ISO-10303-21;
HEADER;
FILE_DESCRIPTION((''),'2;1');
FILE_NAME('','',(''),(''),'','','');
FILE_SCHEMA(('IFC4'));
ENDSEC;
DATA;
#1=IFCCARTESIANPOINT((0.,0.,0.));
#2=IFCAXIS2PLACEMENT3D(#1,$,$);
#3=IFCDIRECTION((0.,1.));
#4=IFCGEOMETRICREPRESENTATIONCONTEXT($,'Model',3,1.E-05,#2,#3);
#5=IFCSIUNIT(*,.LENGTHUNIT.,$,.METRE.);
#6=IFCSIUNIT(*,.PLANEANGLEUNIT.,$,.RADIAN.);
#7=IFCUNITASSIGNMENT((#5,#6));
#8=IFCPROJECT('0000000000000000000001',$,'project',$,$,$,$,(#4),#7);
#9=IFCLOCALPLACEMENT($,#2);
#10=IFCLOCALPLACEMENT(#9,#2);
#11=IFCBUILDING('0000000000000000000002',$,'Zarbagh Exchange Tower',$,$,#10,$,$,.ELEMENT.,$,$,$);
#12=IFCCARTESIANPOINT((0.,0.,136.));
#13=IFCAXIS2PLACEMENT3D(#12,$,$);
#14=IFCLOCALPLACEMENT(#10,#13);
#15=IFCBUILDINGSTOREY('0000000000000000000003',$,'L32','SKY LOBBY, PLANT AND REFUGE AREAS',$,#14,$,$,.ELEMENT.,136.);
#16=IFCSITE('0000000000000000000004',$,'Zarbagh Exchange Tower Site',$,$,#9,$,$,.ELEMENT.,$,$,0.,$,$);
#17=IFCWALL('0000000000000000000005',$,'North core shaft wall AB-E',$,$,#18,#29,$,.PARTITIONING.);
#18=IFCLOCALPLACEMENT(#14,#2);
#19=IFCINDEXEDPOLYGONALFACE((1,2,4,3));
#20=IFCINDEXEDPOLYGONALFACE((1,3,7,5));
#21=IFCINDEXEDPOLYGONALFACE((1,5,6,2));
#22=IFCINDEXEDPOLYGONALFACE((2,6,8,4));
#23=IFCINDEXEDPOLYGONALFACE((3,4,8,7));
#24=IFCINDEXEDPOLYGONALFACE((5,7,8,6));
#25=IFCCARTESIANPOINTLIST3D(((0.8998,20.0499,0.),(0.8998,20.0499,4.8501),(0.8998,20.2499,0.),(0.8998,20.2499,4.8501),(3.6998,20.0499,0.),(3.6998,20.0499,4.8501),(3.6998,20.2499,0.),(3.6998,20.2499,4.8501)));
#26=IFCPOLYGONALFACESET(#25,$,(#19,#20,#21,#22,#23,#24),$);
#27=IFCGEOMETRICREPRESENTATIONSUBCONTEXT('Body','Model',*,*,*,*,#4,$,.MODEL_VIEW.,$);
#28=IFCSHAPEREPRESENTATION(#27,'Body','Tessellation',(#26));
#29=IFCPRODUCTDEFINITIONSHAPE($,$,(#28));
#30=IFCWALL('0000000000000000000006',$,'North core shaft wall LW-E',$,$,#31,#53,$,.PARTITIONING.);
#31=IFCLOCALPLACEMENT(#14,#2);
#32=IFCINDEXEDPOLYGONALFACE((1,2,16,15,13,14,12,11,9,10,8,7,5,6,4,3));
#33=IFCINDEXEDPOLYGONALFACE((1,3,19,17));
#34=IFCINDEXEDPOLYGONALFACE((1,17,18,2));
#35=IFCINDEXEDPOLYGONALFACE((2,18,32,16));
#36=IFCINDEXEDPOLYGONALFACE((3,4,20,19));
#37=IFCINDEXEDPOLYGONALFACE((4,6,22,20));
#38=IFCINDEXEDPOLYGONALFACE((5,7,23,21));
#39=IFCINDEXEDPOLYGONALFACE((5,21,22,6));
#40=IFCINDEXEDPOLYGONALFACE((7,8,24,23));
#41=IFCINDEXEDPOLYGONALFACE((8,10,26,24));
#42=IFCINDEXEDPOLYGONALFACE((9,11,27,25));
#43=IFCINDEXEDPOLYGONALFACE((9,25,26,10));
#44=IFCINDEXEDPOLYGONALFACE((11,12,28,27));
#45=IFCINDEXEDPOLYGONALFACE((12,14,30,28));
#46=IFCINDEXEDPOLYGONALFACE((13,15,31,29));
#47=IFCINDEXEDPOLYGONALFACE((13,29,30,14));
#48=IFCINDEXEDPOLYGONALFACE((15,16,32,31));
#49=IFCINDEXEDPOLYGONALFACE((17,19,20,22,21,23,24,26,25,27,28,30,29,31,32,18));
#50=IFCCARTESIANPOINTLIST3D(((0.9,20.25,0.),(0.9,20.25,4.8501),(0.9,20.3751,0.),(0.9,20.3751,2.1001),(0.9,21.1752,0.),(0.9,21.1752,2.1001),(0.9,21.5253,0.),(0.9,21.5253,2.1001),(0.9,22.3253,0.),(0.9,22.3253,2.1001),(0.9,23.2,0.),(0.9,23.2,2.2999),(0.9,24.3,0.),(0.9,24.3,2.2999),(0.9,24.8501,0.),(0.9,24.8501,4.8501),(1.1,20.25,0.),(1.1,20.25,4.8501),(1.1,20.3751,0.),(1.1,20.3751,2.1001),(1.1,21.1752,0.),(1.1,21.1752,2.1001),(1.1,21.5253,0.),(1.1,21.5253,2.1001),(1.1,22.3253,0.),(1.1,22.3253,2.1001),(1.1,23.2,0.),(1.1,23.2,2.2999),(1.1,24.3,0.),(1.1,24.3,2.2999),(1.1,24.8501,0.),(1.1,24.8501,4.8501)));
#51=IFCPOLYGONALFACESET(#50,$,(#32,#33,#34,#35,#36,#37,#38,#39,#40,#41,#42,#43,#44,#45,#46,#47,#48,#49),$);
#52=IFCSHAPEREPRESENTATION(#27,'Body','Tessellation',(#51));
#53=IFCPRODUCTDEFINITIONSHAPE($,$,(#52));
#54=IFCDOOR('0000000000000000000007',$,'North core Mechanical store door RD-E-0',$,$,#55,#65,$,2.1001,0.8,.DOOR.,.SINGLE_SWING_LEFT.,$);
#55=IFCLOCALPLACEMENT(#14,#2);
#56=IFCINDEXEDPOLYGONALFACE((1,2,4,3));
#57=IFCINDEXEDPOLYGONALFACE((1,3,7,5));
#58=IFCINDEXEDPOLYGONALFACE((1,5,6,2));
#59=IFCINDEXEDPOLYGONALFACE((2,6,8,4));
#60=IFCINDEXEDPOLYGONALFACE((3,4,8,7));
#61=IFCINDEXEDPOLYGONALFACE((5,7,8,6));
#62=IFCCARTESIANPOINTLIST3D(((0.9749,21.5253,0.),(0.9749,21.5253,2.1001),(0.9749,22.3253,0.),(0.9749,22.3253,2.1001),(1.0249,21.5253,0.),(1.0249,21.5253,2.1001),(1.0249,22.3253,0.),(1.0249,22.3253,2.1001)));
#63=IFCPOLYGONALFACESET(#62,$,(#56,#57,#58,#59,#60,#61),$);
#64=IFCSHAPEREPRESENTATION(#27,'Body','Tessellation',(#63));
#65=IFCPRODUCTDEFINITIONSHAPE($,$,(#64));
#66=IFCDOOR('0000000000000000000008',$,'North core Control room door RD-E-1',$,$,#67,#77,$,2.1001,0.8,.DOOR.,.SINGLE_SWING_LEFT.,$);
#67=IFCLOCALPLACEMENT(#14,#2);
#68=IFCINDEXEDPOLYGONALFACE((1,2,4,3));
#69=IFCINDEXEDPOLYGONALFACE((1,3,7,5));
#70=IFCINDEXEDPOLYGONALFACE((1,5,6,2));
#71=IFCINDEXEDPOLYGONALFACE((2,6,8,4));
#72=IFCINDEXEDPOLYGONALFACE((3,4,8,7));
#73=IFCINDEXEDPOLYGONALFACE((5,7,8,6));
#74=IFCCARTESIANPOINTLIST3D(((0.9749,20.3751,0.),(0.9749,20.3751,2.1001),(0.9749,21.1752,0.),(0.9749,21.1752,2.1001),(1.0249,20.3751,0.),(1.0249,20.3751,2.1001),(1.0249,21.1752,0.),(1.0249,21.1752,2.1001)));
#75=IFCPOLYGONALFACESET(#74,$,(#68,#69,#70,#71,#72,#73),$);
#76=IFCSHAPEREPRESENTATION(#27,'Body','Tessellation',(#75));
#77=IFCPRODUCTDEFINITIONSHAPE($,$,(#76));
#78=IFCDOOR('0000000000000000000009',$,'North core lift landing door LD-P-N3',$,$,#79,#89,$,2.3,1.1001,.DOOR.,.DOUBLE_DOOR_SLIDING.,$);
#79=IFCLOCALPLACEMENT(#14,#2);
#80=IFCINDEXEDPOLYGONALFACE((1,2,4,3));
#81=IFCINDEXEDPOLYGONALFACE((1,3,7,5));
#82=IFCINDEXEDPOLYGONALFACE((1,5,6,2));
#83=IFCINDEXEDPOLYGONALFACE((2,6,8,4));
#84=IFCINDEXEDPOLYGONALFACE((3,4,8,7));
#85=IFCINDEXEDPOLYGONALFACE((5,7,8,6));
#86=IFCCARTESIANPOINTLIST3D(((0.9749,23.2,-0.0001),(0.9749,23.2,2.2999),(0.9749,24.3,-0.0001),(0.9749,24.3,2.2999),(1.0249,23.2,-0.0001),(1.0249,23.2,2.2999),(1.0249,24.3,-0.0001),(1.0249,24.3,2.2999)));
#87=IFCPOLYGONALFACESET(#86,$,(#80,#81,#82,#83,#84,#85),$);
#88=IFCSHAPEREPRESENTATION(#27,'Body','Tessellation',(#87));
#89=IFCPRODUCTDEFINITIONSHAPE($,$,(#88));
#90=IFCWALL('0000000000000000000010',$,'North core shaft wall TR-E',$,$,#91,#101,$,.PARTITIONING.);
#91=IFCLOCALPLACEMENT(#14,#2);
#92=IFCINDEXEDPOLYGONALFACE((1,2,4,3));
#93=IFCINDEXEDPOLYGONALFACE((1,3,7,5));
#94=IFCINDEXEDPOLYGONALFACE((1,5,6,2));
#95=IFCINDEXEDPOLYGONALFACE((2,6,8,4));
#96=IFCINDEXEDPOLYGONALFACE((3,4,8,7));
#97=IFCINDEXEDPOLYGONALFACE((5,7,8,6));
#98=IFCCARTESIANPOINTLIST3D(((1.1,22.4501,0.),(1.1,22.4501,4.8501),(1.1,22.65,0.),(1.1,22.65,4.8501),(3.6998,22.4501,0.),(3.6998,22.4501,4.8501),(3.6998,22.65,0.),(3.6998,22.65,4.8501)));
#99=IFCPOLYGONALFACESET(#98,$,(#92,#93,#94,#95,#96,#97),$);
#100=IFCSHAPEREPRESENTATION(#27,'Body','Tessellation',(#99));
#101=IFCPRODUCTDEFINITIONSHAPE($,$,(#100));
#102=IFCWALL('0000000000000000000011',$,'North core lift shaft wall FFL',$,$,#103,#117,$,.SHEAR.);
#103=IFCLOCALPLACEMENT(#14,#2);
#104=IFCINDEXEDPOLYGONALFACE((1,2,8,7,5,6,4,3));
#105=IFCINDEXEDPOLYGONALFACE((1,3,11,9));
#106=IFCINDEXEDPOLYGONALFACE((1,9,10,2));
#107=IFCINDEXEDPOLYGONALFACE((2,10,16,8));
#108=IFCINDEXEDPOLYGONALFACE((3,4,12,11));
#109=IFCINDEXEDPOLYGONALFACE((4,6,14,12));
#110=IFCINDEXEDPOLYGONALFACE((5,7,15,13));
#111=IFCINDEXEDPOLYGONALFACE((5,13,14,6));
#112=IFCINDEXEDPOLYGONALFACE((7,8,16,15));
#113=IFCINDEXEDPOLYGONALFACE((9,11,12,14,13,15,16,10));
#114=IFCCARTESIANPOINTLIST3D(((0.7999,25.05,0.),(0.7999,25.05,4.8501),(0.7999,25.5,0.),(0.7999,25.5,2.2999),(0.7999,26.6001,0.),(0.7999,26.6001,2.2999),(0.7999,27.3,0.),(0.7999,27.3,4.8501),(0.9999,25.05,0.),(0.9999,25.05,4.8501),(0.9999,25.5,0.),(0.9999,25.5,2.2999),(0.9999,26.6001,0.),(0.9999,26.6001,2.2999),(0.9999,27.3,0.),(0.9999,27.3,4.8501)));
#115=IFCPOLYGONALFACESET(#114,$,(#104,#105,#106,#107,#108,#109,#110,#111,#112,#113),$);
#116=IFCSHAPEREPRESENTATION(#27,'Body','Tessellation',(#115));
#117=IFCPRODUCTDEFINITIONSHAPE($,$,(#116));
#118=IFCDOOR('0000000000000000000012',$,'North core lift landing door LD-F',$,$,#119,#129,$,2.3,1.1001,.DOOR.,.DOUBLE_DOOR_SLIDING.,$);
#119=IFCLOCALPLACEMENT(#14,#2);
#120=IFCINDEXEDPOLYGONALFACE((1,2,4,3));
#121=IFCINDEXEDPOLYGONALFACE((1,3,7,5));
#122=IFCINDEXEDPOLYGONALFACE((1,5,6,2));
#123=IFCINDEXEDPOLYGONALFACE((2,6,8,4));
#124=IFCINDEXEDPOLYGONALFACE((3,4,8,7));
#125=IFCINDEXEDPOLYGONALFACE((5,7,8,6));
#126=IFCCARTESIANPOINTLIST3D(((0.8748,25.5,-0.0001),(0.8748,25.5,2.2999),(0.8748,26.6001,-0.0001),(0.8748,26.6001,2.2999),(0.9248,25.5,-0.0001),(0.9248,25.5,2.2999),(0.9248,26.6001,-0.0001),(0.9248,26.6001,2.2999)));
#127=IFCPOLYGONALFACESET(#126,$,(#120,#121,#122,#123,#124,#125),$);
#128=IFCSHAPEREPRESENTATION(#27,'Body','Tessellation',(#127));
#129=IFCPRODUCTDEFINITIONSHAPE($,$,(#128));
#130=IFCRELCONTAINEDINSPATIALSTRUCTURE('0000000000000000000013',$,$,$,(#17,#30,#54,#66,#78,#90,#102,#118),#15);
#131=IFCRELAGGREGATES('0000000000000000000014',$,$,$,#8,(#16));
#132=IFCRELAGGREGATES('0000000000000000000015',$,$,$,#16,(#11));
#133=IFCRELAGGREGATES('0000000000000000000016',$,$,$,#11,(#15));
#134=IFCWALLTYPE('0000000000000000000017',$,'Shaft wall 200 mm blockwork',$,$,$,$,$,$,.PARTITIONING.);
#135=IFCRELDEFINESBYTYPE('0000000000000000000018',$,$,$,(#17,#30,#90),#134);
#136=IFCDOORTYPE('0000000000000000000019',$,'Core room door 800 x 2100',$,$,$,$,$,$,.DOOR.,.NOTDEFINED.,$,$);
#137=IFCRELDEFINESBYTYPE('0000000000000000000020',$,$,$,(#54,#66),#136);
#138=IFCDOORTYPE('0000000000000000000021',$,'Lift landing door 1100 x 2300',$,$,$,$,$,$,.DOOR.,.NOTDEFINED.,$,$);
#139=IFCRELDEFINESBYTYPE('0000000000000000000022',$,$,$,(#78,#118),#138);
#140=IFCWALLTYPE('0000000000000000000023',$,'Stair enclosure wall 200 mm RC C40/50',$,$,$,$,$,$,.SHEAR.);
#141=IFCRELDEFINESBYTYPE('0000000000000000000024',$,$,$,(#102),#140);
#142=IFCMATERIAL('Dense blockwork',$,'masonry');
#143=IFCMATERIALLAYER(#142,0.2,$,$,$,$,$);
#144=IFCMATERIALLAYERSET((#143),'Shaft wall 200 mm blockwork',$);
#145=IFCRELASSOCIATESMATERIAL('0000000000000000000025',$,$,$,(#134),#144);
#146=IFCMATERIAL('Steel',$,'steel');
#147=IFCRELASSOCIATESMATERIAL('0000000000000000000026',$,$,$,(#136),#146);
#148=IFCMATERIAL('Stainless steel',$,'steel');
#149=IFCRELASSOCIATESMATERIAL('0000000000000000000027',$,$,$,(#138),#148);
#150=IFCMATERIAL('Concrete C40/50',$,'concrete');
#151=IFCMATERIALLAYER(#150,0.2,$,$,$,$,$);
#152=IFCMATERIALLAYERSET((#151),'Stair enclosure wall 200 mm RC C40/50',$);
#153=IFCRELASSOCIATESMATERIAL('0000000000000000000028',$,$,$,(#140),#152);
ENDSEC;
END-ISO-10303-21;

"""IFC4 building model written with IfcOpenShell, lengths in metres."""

from ifc_helpers import new_model, si_unit, direction, frame, frame_2d, origin, place, context, subcontext, project, spatial, rectangle, extrude, material, layer, layer_set, type_object, element, fill, save


model = new_model("IFC4")

# Units and contexts
model_context = context("Model", 3, precision=1e-05, world=origin(), true_north=direction((0.0, 1.0)))
body_context = subcontext(model_context, "Body", "Model", "MODEL_VIEW")
ifc_project = project(units=[si_unit("LENGTHUNIT", "METRE"), si_unit("PLANEANGLEUNIT", "RADIAN")], contexts=[model_context])

# Site, building, storey
site_placement = place(None, origin())
site = spatial("IfcSite", under=ifc_project, at=site_placement, Name="Zarbagh Exchange Tower Site", CompositionType="ELEMENT", RefElevation=0.0)
building_placement = place(site_placement, origin())
building = spatial("IfcBuilding", under=site, at=building_placement, Name="Zarbagh Exchange Tower", CompositionType="ELEMENT")
storey_placement = place(building_placement, frame((0.0, 0.0, 136.0)))
storey = spatial("IfcBuildingStorey", under=building, at=storey_placement, Name="L32", Description="SKY LOBBY, PLANT AND REFUGE AREAS", CompositionType="ELEMENT", Elevation=136.0)

# Shared definitions
ifc_material_1 = material(Name="Dense blockwork", Category="masonry")

# Shared definitions
ifc_material_2 = material(Name="Steel", Category="steel")

# Wall
ifc_layer_1 = layer(ifc_material_1, 0.2)
ifc_layer_set_1 = layer_set([ifc_layer_1], Name="Shaft wall 200 mm blockwork")
wall_type_1 = type_object("IfcWallType", Name="Shaft wall 200 mm blockwork", PredefinedType="PARTITIONING", material=ifc_layer_set_1)
wall_1_placement = place(storey_placement, frame((0.8999, 20.1499, 0.0), z_axis=(0.0, 0.0, 1.0), x_axis=(1.0, 0.0, 0.0)))
element("IfcWall", 1, at=wall_1_placement, inside=storey, type_object=wall_type_1, Name="North core shaft wall AB-E", PredefinedType="PARTITIONING", context=body_context, shape_type="SweptSolid", body=[
    extrude(rectangle(XDim=2.8, YDim=0.2, at=frame_2d((1.3999, 0.0))), origin(), (0.0, 0.0, 1.0), 4.8501),
])

# Wall, openings, doors
wall_2_placement = place(storey_placement, frame((1.0, 24.8501, 0.0), z_axis=(0.0, 0.0, 1.0), x_axis=(0.0, -1.0, 0.0)))
wall_2 = element("IfcWall", 2, at=wall_2_placement, inside=storey, type_object=wall_type_1, Name="North core shaft wall LW-E", PredefinedType="PARTITIONING", context=body_context, shape_type="SweptSolid", body=[
    extrude(rectangle(XDim=4.6001, YDim=0.2, at=frame_2d((2.3, 0.0))), origin(), (0.0, 0.0, 1.0), 4.8501),
])
opening_1_placement = place(wall_2_placement, frame((0.55, 0.0, 0.0)))
opening_1 = element("IfcOpeningElement", 3, at=opening_1_placement, cuts=wall_2, PredefinedType="OPENING", context=body_context, shape_type="SweptSolid", body=[
    extrude(rectangle(XDim=1.1001, YDim=2.3, at=frame_2d((0.55, 1.1499))), frame((0.0, 0.1099, 0.0), z_axis=(0.0, -1.0, 0.0), x_axis=(1.0, 0.0, 0.0)), (0.0, 0.0, 1.0), 0.22),
])
opening_2_placement = place(wall_2_placement, frame((2.5249, 0.0, 0.0)))
opening_2 = element("IfcOpeningElement", 4, at=opening_2_placement, cuts=wall_2, PredefinedType="OPENING", context=body_context, shape_type="SweptSolid", body=[
    extrude(rectangle(XDim=0.8, YDim=2.1001, at=frame_2d((0.3999, 1.05))), frame((0.0, 0.1099, 0.0), z_axis=(0.0, -1.0, 0.0), x_axis=(1.0, 0.0, 0.0)), (0.0, 0.0, 1.0), 0.22),
])
opening_3_placement = place(wall_2_placement, frame((3.675, 0.0, 0.0)))
opening_3 = element("IfcOpeningElement", 5, at=opening_3_placement, cuts=wall_2, PredefinedType="OPENING", context=body_context, shape_type="SweptSolid", body=[
    extrude(rectangle(XDim=0.8, YDim=2.1001, at=frame_2d((0.3999, 1.05))), frame((0.0, 0.1099, 0.0), z_axis=(0.0, -1.0, 0.0), x_axis=(1.0, 0.0, 0.0)), (0.0, 0.0, 1.0), 0.22),
])
door_type_1 = type_object("IfcDoorType", Name="Core room door 800 x 2100", OperationType="NOTDEFINED", PredefinedType="DOOR", material=ifc_material_2)
door_1_placement = place(opening_2_placement, origin())
door_1 = element("IfcDoor", 6, at=door_1_placement, inside=storey, type_object=door_type_1, Name="North core Mechanical store door RD-E-0", OperationType="SINGLE_SWING_LEFT", OverallHeight=2.1001, OverallWidth=0.8, PredefinedType="DOOR", context=body_context, shape_type="SweptSolid", body=[
    extrude(rectangle(XDim=0.8, YDim=2.1001, at=frame_2d((0.3999, 1.05))), frame((0.0, 0.0249, 0.0), z_axis=(0.0, -1.0, 0.0), x_axis=(1.0, 0.0, 0.0)), (0.0, 0.0, 1.0), 0.05),
])
fill(opening_2, door_1)
door_2_placement = place(opening_3_placement, origin())
door_2 = element("IfcDoor", 7, at=door_2_placement, inside=storey, type_object=door_type_1, Name="North core Control room door RD-E-1", OperationType="SINGLE_SWING_LEFT", OverallHeight=2.1001, OverallWidth=0.8, PredefinedType="DOOR", context=body_context, shape_type="SweptSolid", body=[
    extrude(rectangle(XDim=0.8, YDim=2.1001, at=frame_2d((0.3999, 1.05))), frame((0.0, 0.0249, 0.0), z_axis=(0.0, -1.0, 0.0), x_axis=(1.0, 0.0, 0.0)), (0.0, 0.0, 1.0), 0.05),
])
fill(opening_3, door_2)
ifc_material_3 = material(Name="Stainless steel", Category="steel")
door_type_2 = type_object("IfcDoorType", Name="Lift landing door 1100 x 2300", OperationType="NOTDEFINED", PredefinedType="DOOR", material=ifc_material_3)
door_3_placement = place(opening_1_placement, origin())
door_3 = element("IfcDoor", 8, at=door_3_placement, inside=storey, type_object=door_type_2, Name="North core lift landing door LD-P-N3", OperationType="DOUBLE_DOOR_SLIDING", OverallHeight=2.3, OverallWidth=1.1001, PredefinedType="DOOR", context=body_context, shape_type="SweptSolid", body=[
    extrude(rectangle(XDim=1.1001, YDim=2.3, at=frame_2d((0.55, 1.1499))), frame((0.0, 0.0249, 0.0), z_axis=(0.0, -1.0, 0.0), x_axis=(1.0, 0.0, 0.0)), (0.0, 0.0, 1.0), 0.05),
])
fill(opening_1, door_3)

# Wall
wall_3_placement = place(storey_placement, frame((1.1001, 22.55, 0.0), z_axis=(0.0, 0.0, 1.0), x_axis=(1.0, 0.0, 0.0)))
element("IfcWall", 9, at=wall_3_placement, inside=storey, type_object=wall_type_1, Name="North core shaft wall TR-E", PredefinedType="PARTITIONING", context=body_context, shape_type="SweptSolid", body=[
    extrude(rectangle(XDim=2.5999, YDim=0.2, at=frame_2d((1.2998, 0.0))), origin(), (0.0, 0.0, 1.0), 4.8501),
])

# Wall, opening, door
ifc_material_4 = material(Name="Concrete C40/50", Category="concrete")
ifc_layer_2 = layer(ifc_material_4, 0.2)
ifc_layer_set_2 = layer_set([ifc_layer_2], Name="Stair enclosure wall 200 mm RC C40/50")
wall_type_2 = type_object("IfcWallType", Name="Stair enclosure wall 200 mm RC C40/50", PredefinedType="SHEAR", material=ifc_layer_set_2)
wall_4_placement = place(storey_placement, frame((0.8999, 27.3, 0.0), z_axis=(0.0, 0.0, 1.0), x_axis=(0.0, -1.0, 0.0)))
wall_4 = element("IfcWall", 10, at=wall_4_placement, inside=storey, type_object=wall_type_2, Name="North core lift shaft wall FFL", PredefinedType="SHEAR", context=body_context, shape_type="SweptSolid", body=[
    extrude(rectangle(XDim=2.25, YDim=0.2, at=frame_2d((1.125, 0.0))), origin(), (0.0, 0.0, 1.0), 4.8501),
])
opening_4_placement = place(wall_4_placement, frame((0.7, 0.0, 0.0)))
opening_4 = element("IfcOpeningElement", 11, at=opening_4_placement, cuts=wall_4, PredefinedType="OPENING", context=body_context, shape_type="SweptSolid", body=[
    extrude(rectangle(XDim=1.1001, YDim=2.3, at=frame_2d((0.55, 1.1499))), frame((0.0, 0.1099, 0.0), z_axis=(0.0, -1.0, 0.0), x_axis=(1.0, 0.0, 0.0)), (0.0, 0.0, 1.0), 0.22),
])
door_4_placement = place(opening_4_placement, origin())
door_4 = element("IfcDoor", 12, at=door_4_placement, inside=storey, type_object=door_type_2, Name="North core lift landing door LD-F", OperationType="DOUBLE_DOOR_SLIDING", OverallHeight=2.3, OverallWidth=1.1001, PredefinedType="DOOR", context=body_context, shape_type="SweptSolid", body=[
    extrude(rectangle(XDim=1.1001, YDim=2.3, at=frame_2d((0.55, 1.1499))), frame((0.0, 0.0249, 0.0), z_axis=(0.0, -1.0, 0.0), x_axis=(1.0, 0.0, 0.0)), (0.0, 0.0, 1.0), 0.05),
])
fill(opening_4, door_4)

save(model, "model.ifc")
